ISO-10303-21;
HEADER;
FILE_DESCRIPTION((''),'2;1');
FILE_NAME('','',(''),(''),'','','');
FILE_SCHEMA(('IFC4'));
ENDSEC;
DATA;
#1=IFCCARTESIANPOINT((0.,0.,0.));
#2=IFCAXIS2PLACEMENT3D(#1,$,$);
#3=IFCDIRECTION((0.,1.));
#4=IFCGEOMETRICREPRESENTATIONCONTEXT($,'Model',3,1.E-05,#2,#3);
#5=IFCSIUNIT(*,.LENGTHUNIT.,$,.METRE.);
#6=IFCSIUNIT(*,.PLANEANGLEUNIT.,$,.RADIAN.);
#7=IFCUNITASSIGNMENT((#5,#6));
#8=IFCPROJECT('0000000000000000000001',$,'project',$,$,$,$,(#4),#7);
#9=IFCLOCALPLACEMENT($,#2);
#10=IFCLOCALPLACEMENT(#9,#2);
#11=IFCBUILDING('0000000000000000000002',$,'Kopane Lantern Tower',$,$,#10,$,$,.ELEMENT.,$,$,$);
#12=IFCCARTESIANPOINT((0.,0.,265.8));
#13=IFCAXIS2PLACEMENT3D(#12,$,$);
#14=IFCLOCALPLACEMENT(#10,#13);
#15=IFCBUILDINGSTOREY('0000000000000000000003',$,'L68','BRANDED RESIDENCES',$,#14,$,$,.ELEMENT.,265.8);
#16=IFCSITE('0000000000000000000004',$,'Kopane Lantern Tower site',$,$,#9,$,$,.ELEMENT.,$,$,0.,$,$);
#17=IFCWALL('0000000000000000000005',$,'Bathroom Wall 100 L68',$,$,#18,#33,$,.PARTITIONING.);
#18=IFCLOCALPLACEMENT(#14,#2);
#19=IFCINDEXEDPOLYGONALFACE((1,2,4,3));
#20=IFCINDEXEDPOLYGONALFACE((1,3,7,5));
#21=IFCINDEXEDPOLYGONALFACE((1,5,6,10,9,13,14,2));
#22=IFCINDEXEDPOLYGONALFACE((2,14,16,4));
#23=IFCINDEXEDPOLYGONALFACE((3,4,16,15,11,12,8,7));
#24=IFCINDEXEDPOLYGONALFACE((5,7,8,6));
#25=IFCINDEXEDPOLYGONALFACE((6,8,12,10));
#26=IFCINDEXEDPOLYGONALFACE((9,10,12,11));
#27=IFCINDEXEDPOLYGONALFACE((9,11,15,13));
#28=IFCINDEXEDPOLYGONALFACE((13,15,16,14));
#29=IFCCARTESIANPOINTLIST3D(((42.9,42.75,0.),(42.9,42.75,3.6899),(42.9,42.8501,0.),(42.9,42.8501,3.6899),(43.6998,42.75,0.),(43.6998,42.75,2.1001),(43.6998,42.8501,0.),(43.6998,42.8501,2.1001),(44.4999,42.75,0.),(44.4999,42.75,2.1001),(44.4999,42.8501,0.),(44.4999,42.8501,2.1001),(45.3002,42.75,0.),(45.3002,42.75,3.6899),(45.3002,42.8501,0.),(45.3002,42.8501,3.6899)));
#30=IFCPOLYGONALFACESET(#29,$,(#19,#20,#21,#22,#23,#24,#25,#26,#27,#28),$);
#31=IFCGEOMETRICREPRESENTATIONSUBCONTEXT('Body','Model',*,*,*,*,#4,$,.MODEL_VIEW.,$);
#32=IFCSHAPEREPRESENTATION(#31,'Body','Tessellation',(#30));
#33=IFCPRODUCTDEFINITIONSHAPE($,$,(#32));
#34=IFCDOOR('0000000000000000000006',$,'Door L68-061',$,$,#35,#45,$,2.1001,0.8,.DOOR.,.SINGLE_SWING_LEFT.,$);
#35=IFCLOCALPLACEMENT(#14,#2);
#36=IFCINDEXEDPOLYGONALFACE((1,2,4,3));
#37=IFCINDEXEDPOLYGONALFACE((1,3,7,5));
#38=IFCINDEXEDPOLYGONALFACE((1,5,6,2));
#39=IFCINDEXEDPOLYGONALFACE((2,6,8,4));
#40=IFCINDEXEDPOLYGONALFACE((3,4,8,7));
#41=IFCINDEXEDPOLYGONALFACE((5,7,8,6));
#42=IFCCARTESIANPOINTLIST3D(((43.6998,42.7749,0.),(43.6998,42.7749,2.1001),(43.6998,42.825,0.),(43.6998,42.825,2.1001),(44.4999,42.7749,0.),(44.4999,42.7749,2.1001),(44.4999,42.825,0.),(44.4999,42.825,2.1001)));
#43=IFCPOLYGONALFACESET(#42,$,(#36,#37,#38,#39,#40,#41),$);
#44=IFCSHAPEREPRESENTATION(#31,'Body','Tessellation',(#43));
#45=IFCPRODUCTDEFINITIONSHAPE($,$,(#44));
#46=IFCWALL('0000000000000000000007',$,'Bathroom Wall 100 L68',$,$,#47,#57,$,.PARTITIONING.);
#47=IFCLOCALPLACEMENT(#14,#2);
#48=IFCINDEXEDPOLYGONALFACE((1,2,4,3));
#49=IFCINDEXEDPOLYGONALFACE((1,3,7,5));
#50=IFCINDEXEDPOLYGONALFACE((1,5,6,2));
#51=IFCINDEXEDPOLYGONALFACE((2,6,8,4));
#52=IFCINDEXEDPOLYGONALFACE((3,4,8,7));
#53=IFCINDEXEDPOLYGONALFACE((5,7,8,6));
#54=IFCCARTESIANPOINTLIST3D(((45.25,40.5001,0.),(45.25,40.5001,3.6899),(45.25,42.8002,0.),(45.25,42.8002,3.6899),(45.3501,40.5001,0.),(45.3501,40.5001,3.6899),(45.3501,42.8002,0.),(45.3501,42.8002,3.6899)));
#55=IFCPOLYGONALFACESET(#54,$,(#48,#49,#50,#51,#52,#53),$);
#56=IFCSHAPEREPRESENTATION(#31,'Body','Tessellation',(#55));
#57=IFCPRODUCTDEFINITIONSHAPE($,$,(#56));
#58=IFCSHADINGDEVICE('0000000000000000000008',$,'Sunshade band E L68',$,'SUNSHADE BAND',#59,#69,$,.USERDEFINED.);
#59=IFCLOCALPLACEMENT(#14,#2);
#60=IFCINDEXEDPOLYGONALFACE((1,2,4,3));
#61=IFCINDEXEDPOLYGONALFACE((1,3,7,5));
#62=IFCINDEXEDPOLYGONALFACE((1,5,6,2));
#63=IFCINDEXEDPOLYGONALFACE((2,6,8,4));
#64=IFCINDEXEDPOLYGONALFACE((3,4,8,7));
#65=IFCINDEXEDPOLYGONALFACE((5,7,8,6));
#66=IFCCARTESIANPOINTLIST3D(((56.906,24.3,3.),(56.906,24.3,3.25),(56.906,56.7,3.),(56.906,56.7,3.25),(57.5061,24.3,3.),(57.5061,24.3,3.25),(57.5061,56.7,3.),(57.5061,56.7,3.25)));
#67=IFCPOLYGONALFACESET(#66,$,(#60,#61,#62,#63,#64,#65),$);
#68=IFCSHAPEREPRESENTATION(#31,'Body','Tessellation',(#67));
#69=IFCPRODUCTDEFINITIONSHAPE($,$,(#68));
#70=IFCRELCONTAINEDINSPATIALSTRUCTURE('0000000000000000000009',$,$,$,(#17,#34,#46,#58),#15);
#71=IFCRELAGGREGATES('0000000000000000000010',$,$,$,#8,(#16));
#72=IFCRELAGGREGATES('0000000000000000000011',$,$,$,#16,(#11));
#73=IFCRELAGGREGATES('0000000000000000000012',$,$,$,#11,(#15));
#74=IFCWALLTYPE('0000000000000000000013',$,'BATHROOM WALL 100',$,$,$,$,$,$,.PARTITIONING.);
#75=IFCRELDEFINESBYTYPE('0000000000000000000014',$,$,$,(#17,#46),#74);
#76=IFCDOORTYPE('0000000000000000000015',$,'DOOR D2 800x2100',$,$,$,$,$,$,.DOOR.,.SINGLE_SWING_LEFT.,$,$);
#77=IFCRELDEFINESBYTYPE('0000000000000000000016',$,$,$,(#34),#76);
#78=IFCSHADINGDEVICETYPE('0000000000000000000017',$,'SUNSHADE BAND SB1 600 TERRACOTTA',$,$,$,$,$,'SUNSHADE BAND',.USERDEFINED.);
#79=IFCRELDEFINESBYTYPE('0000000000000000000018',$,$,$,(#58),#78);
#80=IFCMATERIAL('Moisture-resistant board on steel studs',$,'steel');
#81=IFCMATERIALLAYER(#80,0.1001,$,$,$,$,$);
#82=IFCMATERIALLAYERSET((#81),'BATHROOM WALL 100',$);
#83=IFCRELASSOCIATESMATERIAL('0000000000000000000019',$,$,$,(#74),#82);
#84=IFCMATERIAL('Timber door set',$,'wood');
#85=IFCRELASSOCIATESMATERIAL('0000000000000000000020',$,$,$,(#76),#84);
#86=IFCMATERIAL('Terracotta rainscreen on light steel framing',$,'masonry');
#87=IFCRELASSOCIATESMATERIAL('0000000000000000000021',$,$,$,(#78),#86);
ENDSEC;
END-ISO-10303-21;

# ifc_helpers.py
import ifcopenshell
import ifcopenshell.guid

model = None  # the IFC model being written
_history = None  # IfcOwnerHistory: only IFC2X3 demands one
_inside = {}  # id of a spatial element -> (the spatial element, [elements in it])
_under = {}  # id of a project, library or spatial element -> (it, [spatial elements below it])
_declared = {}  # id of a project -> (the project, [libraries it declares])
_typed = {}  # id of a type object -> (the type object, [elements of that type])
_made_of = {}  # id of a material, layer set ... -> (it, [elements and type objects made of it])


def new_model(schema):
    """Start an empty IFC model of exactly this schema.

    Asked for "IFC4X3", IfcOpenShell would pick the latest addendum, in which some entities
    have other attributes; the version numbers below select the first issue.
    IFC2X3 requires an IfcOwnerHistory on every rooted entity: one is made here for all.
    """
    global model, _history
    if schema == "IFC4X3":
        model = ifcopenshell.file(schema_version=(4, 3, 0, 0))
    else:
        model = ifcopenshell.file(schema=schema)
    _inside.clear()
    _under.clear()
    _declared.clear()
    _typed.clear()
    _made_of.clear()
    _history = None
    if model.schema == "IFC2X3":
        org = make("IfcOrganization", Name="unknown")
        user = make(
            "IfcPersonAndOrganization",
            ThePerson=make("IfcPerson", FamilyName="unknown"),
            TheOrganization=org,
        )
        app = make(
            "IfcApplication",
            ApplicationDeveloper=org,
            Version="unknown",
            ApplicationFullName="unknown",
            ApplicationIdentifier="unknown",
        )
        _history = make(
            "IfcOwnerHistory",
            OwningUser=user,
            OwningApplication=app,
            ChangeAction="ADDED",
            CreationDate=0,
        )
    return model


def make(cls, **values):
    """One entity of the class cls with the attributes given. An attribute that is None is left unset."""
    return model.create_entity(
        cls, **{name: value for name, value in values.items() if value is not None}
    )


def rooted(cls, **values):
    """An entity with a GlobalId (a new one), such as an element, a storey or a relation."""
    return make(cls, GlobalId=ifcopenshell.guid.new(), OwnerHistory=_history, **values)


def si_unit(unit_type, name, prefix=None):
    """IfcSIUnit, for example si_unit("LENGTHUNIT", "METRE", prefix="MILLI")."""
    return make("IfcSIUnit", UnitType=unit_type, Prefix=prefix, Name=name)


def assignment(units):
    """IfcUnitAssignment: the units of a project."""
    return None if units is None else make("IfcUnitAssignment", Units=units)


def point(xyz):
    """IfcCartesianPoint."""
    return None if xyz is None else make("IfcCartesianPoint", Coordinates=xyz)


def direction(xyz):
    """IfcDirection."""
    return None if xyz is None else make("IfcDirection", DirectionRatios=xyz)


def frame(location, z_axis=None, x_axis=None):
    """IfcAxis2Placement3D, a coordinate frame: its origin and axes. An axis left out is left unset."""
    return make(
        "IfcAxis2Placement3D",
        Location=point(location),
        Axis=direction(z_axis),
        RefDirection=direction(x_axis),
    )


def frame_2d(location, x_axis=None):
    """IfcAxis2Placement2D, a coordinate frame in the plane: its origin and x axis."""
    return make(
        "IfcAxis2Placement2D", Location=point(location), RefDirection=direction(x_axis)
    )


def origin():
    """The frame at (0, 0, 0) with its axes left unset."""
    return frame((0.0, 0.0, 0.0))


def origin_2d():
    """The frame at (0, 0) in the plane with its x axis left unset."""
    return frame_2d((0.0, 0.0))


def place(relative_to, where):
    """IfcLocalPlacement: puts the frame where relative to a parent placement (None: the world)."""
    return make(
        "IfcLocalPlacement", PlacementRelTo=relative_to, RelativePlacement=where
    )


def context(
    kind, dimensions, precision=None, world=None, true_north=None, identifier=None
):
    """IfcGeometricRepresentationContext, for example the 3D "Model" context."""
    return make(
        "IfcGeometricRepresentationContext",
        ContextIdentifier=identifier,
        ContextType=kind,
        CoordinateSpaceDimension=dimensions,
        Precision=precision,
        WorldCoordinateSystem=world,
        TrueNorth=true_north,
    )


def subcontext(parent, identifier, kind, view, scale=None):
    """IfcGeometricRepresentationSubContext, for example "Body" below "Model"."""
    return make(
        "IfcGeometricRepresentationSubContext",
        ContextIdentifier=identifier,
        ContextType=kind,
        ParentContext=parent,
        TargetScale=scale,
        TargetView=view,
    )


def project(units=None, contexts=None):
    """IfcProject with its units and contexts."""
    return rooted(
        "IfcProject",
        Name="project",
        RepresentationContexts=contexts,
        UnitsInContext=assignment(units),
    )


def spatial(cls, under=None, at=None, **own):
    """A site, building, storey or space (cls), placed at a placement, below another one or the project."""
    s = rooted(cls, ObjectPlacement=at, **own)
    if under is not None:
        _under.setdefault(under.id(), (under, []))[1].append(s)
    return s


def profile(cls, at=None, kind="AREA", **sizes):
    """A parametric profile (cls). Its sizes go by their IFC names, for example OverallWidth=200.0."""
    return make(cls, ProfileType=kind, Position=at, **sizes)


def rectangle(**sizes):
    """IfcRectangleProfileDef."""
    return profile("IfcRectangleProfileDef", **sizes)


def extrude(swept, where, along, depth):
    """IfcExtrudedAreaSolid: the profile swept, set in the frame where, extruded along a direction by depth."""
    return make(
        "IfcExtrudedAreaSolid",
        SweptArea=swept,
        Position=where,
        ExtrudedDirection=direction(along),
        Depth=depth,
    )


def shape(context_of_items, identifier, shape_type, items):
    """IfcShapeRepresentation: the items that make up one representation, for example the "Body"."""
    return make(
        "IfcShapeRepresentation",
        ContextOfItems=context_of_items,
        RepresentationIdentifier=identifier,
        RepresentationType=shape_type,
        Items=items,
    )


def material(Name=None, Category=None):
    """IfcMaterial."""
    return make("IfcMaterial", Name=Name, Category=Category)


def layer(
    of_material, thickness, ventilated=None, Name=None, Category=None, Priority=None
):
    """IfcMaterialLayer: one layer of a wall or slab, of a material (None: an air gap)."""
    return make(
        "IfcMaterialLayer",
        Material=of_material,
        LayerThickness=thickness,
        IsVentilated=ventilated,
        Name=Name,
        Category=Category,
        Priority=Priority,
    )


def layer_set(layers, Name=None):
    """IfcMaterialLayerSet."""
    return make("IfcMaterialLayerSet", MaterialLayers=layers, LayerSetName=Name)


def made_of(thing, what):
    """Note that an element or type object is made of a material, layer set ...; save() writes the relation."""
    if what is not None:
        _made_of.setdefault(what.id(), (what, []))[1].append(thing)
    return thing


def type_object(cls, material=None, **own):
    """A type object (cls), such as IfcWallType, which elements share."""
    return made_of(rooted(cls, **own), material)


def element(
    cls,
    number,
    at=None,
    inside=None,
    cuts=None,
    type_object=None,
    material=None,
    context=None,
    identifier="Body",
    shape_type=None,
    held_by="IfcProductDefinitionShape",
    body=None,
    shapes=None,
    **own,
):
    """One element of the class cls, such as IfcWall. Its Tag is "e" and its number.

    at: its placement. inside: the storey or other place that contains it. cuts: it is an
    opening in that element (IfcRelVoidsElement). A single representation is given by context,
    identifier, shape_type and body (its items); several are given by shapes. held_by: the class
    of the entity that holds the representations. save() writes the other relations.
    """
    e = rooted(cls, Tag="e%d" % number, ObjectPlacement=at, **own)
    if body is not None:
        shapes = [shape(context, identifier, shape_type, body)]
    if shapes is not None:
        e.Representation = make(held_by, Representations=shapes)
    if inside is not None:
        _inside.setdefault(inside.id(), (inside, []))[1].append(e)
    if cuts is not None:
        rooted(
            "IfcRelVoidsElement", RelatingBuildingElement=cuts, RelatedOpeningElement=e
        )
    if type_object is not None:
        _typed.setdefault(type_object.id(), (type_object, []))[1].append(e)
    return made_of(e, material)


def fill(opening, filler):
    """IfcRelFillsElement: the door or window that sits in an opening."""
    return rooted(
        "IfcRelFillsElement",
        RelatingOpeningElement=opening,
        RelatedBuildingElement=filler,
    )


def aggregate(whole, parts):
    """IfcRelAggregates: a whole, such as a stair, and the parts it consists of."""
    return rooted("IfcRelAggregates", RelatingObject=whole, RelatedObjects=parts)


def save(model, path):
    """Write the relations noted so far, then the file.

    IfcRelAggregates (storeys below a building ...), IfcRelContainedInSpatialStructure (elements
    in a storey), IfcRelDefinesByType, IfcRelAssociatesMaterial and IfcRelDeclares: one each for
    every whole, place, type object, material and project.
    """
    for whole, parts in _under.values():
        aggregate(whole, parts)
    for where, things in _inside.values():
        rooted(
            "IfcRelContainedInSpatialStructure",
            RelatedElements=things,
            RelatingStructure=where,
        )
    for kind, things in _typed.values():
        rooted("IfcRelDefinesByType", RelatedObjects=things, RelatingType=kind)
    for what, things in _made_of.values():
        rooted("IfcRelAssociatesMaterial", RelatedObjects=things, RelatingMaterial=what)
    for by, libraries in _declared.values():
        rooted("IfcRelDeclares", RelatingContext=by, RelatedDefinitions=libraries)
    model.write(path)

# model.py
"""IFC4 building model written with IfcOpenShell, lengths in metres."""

from ifc_helpers import new_model, si_unit, direction, frame, frame_2d, origin, origin_2d, place, context, subcontext, project, spatial, rectangle, extrude, material, layer, layer_set, type_object, element, fill, save


model = new_model("IFC4")

# Units and contexts
model_context = context("Model", 3, precision=1e-05, world=origin(), true_north=direction((0.0, 1.0)))
body_context = subcontext(model_context, "Body", "Model", "MODEL_VIEW")
ifc_project = project(units=[si_unit("LENGTHUNIT", "METRE"), si_unit("PLANEANGLEUNIT", "RADIAN")], contexts=[model_context])

# Site, building, storey
site_placement = place(None, origin())
site = spatial("IfcSite", under=ifc_project, at=site_placement, Name="Kopane Lantern Tower site", CompositionType="ELEMENT", RefElevation=0.0)
building_placement = place(site_placement, origin())
building = spatial("IfcBuilding", under=site, at=building_placement, Name="Kopane Lantern Tower", CompositionType="ELEMENT")
storey_placement = place(building_placement, frame((0.0, 0.0, 265.8)))
storey = spatial("IfcBuildingStorey", under=building, at=storey_placement, Name="L68", Description="BRANDED RESIDENCES", CompositionType="ELEMENT", Elevation=265.8)

# Wall, opening, door
ifc_material_1 = material(Name="Moisture-resistant board on steel studs", Category="steel")
ifc_layer_1 = layer(ifc_material_1, 0.1001)
ifc_layer_set_1 = layer_set([ifc_layer_1], Name="BATHROOM WALL 100")
wall_type_1 = type_object("IfcWallType", Name="BATHROOM WALL 100", PredefinedType="PARTITIONING", material=ifc_layer_set_1)
wall_1_placement = place(storey_placement, frame((42.8999, 42.8, 0.0), z_axis=(0.0, 0.0, 1.0), x_axis=(1.0, 0.0, 0.0)))
wall_1 = element("IfcWall", 1, at=wall_1_placement, inside=storey, type_object=wall_type_1, Name="Bathroom Wall 100 L68", PredefinedType="PARTITIONING", context=body_context, shape_type="SweptSolid", body=[
    extrude(rectangle(XDim=2.4001, YDim=0.1001, at=frame_2d((1.2002, 0.0))), origin(), (0.0, 0.0, 1.0), 3.6899),
])
opening_1_placement = place(wall_1_placement, frame((0.8, 0.0, 0.0)))
opening_1 = element("IfcOpeningElement", 2, at=opening_1_placement, cuts=wall_1, PredefinedType="OPENING", context=body_context, shape_type="SweptSolid", body=[
    extrude(rectangle(XDim=0.8, YDim=2.1001, at=frame_2d((0.3999, 1.05))), frame((0.0, 0.0601, 0.0), z_axis=(0.0, -1.0, 0.0), x_axis=(1.0, 0.0, 0.0)), (0.0, 0.0, 1.0), 0.1201),
])
ifc_material_2 = material(Name="Timber door set", Category="wood")
door_type_1 = type_object("IfcDoorType", Name="DOOR D2 800x2100", OperationType="SINGLE_SWING_LEFT", PredefinedType="DOOR", material=ifc_material_2)
door_1_placement = place(opening_1_placement, origin())
door_1 = element("IfcDoor", 3, at=door_1_placement, inside=storey, type_object=door_type_1, Name="Door L68-061", OperationType="SINGLE_SWING_LEFT", OverallHeight=2.1001, OverallWidth=0.8, PredefinedType="DOOR", context=body_context, shape_type="SweptSolid", body=[
    extrude(rectangle(XDim=0.8, YDim=2.1001, at=frame_2d((0.3999, 1.05))), frame((0.0, 0.0249, 0.0), z_axis=(0.0, -1.0, 0.0), x_axis=(1.0, 0.0, 0.0)), (0.0, 0.0, 1.0), 0.05),
])
fill(opening_1, door_1)

# Wall
wall_2_placement = place(storey_placement, frame((45.3, 42.8, 0.0), z_axis=(0.0, 0.0, 1.0), x_axis=(0.0, -1.0, 0.0)))
element("IfcWall", 4, at=wall_2_placement, inside=storey, type_object=wall_type_1, Name="Bathroom Wall 100 L68", PredefinedType="PARTITIONING", context=body_context, shape_type="SweptSolid", body=[
    extrude(rectangle(XDim=2.3, YDim=0.1001, at=frame_2d((1.1499, 0.0))), origin(), (0.0, 0.0, 1.0), 3.6899),
])

# Shading device
ifc_material_3 = material(Name="Terracotta rainscreen on light steel framing", Category="masonry")
shading_device_type = type_object("IfcShadingDeviceType", Name="SUNSHADE BAND SB1 600 TERRACOTTA", ElementType="SUNSHADE BAND", PredefinedType="USERDEFINED", material=ifc_material_3)
shading_device_placement = place(storey_placement, frame((57.2061, 40.5, 3.0), z_axis=(0.0, 0.0, 1.0), x_axis=(0.0, 1.0, 0.0)))
element("IfcShadingDevice", 5, at=shading_device_placement, inside=storey, type_object=shading_device_type, Name="Sunshade band E L68", ObjectType="SUNSHADE BAND", PredefinedType="USERDEFINED", context=body_context, shape_type="SweptSolid", body=[
    extrude(rectangle(XDim=32.3999, YDim=0.6001, at=origin_2d()), origin(), (0.0, 0.0, 1.0), 0.25),
])

save(model, "model.ifc")
